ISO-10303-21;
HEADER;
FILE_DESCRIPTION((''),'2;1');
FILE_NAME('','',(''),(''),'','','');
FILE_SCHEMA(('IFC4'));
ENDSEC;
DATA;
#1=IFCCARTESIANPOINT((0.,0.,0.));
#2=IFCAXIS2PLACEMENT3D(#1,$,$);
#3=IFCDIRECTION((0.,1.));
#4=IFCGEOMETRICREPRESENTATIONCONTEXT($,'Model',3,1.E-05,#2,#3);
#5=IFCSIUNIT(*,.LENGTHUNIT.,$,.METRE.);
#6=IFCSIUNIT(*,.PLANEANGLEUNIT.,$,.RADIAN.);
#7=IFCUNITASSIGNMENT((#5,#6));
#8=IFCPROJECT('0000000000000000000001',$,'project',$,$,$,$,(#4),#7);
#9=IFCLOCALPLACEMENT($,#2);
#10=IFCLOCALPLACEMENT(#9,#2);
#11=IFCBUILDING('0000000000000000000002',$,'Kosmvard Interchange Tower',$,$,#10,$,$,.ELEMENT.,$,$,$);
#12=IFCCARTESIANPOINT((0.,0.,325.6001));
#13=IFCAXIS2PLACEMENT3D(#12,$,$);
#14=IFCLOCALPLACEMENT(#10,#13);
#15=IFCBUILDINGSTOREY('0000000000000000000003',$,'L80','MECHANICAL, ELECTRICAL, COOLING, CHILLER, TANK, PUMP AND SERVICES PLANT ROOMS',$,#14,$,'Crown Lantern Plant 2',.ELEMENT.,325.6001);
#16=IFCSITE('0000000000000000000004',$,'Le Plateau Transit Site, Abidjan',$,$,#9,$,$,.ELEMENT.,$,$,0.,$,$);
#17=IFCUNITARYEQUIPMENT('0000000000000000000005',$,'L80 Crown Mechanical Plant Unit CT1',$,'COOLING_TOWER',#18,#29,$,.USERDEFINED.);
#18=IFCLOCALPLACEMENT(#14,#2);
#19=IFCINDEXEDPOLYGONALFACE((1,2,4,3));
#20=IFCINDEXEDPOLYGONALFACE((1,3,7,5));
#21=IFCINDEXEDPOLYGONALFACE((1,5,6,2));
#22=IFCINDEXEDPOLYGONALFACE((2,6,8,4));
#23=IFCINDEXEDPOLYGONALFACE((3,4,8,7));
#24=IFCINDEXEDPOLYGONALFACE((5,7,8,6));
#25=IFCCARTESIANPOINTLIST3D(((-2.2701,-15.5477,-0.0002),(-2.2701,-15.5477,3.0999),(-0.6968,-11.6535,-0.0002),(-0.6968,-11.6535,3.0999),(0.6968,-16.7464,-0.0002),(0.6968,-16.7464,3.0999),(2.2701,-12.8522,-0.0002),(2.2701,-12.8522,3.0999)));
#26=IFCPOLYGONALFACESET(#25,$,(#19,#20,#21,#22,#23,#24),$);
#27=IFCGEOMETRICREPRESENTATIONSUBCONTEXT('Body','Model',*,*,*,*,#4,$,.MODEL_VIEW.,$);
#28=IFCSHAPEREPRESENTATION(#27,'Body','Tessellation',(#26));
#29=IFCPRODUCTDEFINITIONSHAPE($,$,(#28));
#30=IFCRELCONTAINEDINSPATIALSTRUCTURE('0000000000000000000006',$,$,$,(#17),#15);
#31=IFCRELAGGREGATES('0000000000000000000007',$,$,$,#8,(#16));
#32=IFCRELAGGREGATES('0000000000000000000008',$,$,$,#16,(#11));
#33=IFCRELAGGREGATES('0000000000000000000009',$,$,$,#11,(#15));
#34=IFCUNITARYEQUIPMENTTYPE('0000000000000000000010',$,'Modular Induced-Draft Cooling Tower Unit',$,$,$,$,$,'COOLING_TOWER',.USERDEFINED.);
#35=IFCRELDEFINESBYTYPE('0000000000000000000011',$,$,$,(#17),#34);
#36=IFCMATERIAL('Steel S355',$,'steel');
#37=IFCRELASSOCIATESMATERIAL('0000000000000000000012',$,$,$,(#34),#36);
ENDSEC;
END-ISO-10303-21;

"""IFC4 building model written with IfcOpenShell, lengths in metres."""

from ifc_helpers import new_model, si_unit, direction, frame, origin, origin_2d, place, context, subcontext, project, spatial, rectangle, extrude, source, transform, mapped, material, type_object, element, save


model = new_model("IFC4")

# Units and contexts
model_context = context("Model", 3, precision=1e-05, world=origin(), true_north=direction((0.0, 1.0)))
body_context = subcontext(model_context, "Body", "Model", "MODEL_VIEW")
ifc_project = project(units=[si_unit("LENGTHUNIT", "METRE"), si_unit("PLANEANGLEUNIT", "RADIAN")], contexts=[model_context])

# Site, building, storey
site_placement = place(None, origin())
site = spatial("IfcSite", under=ifc_project, at=site_placement, Name="Le Plateau Transit Site, Abidjan", CompositionType="ELEMENT", RefElevation=0.0)
building_placement = place(site_placement, origin())
building = spatial("IfcBuilding", under=site, at=building_placement, Name="Kosmvard Interchange Tower", CompositionType="ELEMENT")
storey_placement = place(building_placement, frame((0.0, 0.0, 325.6001)))
storey = spatial("IfcBuildingStorey", under=building, at=storey_placement, Name="L80", Description="MECHANICAL, ELECTRICAL, COOLING, CHILLER, TANK, PUMP AND SERVICES PLANT ROOMS", LongName="Crown Lantern Plant 2", CompositionType="ELEMENT", Elevation=325.6001)

# Shared definitions
ifc_material_1 = material(Name="Steel S355", Category="steel")

# Unitary equipment
unitary_equipment_type = type_object("IfcUnitaryEquipmentType", Name="Modular Induced-Draft Cooling Tower Unit", ElementType="COOLING_TOWER", PredefinedType="USERDEFINED", material=ifc_material_1)
shared_shape_1 = source(origin(), body_context, "Body", "SweptSolid", [
    extrude(rectangle(XDim=4.2, YDim=3.2, at=origin_2d()), origin(), (0.0, 0.0, 1.0), 3.1001),
])
unitary_equipment_placement = place(storey_placement, frame((0.0, -14.2, -0.0002), z_axis=(0.0, 0.0, 1.0), x_axis=(0.374607, 0.927184, 0.0)))
element("IfcUnitaryEquipment", 1, at=unitary_equipment_placement, inside=storey, type_object=unitary_equipment_type, Name="L80 Crown Mechanical Plant Unit CT1", ObjectType="COOLING_TOWER", PredefinedType="USERDEFINED", context=body_context, shape_type="MappedRepresentation", body=[
    mapped(shared_shape_1, transform((0.0, 0.0, 0.0), scale=1.0)),
])

save(model, "model.ifc")
